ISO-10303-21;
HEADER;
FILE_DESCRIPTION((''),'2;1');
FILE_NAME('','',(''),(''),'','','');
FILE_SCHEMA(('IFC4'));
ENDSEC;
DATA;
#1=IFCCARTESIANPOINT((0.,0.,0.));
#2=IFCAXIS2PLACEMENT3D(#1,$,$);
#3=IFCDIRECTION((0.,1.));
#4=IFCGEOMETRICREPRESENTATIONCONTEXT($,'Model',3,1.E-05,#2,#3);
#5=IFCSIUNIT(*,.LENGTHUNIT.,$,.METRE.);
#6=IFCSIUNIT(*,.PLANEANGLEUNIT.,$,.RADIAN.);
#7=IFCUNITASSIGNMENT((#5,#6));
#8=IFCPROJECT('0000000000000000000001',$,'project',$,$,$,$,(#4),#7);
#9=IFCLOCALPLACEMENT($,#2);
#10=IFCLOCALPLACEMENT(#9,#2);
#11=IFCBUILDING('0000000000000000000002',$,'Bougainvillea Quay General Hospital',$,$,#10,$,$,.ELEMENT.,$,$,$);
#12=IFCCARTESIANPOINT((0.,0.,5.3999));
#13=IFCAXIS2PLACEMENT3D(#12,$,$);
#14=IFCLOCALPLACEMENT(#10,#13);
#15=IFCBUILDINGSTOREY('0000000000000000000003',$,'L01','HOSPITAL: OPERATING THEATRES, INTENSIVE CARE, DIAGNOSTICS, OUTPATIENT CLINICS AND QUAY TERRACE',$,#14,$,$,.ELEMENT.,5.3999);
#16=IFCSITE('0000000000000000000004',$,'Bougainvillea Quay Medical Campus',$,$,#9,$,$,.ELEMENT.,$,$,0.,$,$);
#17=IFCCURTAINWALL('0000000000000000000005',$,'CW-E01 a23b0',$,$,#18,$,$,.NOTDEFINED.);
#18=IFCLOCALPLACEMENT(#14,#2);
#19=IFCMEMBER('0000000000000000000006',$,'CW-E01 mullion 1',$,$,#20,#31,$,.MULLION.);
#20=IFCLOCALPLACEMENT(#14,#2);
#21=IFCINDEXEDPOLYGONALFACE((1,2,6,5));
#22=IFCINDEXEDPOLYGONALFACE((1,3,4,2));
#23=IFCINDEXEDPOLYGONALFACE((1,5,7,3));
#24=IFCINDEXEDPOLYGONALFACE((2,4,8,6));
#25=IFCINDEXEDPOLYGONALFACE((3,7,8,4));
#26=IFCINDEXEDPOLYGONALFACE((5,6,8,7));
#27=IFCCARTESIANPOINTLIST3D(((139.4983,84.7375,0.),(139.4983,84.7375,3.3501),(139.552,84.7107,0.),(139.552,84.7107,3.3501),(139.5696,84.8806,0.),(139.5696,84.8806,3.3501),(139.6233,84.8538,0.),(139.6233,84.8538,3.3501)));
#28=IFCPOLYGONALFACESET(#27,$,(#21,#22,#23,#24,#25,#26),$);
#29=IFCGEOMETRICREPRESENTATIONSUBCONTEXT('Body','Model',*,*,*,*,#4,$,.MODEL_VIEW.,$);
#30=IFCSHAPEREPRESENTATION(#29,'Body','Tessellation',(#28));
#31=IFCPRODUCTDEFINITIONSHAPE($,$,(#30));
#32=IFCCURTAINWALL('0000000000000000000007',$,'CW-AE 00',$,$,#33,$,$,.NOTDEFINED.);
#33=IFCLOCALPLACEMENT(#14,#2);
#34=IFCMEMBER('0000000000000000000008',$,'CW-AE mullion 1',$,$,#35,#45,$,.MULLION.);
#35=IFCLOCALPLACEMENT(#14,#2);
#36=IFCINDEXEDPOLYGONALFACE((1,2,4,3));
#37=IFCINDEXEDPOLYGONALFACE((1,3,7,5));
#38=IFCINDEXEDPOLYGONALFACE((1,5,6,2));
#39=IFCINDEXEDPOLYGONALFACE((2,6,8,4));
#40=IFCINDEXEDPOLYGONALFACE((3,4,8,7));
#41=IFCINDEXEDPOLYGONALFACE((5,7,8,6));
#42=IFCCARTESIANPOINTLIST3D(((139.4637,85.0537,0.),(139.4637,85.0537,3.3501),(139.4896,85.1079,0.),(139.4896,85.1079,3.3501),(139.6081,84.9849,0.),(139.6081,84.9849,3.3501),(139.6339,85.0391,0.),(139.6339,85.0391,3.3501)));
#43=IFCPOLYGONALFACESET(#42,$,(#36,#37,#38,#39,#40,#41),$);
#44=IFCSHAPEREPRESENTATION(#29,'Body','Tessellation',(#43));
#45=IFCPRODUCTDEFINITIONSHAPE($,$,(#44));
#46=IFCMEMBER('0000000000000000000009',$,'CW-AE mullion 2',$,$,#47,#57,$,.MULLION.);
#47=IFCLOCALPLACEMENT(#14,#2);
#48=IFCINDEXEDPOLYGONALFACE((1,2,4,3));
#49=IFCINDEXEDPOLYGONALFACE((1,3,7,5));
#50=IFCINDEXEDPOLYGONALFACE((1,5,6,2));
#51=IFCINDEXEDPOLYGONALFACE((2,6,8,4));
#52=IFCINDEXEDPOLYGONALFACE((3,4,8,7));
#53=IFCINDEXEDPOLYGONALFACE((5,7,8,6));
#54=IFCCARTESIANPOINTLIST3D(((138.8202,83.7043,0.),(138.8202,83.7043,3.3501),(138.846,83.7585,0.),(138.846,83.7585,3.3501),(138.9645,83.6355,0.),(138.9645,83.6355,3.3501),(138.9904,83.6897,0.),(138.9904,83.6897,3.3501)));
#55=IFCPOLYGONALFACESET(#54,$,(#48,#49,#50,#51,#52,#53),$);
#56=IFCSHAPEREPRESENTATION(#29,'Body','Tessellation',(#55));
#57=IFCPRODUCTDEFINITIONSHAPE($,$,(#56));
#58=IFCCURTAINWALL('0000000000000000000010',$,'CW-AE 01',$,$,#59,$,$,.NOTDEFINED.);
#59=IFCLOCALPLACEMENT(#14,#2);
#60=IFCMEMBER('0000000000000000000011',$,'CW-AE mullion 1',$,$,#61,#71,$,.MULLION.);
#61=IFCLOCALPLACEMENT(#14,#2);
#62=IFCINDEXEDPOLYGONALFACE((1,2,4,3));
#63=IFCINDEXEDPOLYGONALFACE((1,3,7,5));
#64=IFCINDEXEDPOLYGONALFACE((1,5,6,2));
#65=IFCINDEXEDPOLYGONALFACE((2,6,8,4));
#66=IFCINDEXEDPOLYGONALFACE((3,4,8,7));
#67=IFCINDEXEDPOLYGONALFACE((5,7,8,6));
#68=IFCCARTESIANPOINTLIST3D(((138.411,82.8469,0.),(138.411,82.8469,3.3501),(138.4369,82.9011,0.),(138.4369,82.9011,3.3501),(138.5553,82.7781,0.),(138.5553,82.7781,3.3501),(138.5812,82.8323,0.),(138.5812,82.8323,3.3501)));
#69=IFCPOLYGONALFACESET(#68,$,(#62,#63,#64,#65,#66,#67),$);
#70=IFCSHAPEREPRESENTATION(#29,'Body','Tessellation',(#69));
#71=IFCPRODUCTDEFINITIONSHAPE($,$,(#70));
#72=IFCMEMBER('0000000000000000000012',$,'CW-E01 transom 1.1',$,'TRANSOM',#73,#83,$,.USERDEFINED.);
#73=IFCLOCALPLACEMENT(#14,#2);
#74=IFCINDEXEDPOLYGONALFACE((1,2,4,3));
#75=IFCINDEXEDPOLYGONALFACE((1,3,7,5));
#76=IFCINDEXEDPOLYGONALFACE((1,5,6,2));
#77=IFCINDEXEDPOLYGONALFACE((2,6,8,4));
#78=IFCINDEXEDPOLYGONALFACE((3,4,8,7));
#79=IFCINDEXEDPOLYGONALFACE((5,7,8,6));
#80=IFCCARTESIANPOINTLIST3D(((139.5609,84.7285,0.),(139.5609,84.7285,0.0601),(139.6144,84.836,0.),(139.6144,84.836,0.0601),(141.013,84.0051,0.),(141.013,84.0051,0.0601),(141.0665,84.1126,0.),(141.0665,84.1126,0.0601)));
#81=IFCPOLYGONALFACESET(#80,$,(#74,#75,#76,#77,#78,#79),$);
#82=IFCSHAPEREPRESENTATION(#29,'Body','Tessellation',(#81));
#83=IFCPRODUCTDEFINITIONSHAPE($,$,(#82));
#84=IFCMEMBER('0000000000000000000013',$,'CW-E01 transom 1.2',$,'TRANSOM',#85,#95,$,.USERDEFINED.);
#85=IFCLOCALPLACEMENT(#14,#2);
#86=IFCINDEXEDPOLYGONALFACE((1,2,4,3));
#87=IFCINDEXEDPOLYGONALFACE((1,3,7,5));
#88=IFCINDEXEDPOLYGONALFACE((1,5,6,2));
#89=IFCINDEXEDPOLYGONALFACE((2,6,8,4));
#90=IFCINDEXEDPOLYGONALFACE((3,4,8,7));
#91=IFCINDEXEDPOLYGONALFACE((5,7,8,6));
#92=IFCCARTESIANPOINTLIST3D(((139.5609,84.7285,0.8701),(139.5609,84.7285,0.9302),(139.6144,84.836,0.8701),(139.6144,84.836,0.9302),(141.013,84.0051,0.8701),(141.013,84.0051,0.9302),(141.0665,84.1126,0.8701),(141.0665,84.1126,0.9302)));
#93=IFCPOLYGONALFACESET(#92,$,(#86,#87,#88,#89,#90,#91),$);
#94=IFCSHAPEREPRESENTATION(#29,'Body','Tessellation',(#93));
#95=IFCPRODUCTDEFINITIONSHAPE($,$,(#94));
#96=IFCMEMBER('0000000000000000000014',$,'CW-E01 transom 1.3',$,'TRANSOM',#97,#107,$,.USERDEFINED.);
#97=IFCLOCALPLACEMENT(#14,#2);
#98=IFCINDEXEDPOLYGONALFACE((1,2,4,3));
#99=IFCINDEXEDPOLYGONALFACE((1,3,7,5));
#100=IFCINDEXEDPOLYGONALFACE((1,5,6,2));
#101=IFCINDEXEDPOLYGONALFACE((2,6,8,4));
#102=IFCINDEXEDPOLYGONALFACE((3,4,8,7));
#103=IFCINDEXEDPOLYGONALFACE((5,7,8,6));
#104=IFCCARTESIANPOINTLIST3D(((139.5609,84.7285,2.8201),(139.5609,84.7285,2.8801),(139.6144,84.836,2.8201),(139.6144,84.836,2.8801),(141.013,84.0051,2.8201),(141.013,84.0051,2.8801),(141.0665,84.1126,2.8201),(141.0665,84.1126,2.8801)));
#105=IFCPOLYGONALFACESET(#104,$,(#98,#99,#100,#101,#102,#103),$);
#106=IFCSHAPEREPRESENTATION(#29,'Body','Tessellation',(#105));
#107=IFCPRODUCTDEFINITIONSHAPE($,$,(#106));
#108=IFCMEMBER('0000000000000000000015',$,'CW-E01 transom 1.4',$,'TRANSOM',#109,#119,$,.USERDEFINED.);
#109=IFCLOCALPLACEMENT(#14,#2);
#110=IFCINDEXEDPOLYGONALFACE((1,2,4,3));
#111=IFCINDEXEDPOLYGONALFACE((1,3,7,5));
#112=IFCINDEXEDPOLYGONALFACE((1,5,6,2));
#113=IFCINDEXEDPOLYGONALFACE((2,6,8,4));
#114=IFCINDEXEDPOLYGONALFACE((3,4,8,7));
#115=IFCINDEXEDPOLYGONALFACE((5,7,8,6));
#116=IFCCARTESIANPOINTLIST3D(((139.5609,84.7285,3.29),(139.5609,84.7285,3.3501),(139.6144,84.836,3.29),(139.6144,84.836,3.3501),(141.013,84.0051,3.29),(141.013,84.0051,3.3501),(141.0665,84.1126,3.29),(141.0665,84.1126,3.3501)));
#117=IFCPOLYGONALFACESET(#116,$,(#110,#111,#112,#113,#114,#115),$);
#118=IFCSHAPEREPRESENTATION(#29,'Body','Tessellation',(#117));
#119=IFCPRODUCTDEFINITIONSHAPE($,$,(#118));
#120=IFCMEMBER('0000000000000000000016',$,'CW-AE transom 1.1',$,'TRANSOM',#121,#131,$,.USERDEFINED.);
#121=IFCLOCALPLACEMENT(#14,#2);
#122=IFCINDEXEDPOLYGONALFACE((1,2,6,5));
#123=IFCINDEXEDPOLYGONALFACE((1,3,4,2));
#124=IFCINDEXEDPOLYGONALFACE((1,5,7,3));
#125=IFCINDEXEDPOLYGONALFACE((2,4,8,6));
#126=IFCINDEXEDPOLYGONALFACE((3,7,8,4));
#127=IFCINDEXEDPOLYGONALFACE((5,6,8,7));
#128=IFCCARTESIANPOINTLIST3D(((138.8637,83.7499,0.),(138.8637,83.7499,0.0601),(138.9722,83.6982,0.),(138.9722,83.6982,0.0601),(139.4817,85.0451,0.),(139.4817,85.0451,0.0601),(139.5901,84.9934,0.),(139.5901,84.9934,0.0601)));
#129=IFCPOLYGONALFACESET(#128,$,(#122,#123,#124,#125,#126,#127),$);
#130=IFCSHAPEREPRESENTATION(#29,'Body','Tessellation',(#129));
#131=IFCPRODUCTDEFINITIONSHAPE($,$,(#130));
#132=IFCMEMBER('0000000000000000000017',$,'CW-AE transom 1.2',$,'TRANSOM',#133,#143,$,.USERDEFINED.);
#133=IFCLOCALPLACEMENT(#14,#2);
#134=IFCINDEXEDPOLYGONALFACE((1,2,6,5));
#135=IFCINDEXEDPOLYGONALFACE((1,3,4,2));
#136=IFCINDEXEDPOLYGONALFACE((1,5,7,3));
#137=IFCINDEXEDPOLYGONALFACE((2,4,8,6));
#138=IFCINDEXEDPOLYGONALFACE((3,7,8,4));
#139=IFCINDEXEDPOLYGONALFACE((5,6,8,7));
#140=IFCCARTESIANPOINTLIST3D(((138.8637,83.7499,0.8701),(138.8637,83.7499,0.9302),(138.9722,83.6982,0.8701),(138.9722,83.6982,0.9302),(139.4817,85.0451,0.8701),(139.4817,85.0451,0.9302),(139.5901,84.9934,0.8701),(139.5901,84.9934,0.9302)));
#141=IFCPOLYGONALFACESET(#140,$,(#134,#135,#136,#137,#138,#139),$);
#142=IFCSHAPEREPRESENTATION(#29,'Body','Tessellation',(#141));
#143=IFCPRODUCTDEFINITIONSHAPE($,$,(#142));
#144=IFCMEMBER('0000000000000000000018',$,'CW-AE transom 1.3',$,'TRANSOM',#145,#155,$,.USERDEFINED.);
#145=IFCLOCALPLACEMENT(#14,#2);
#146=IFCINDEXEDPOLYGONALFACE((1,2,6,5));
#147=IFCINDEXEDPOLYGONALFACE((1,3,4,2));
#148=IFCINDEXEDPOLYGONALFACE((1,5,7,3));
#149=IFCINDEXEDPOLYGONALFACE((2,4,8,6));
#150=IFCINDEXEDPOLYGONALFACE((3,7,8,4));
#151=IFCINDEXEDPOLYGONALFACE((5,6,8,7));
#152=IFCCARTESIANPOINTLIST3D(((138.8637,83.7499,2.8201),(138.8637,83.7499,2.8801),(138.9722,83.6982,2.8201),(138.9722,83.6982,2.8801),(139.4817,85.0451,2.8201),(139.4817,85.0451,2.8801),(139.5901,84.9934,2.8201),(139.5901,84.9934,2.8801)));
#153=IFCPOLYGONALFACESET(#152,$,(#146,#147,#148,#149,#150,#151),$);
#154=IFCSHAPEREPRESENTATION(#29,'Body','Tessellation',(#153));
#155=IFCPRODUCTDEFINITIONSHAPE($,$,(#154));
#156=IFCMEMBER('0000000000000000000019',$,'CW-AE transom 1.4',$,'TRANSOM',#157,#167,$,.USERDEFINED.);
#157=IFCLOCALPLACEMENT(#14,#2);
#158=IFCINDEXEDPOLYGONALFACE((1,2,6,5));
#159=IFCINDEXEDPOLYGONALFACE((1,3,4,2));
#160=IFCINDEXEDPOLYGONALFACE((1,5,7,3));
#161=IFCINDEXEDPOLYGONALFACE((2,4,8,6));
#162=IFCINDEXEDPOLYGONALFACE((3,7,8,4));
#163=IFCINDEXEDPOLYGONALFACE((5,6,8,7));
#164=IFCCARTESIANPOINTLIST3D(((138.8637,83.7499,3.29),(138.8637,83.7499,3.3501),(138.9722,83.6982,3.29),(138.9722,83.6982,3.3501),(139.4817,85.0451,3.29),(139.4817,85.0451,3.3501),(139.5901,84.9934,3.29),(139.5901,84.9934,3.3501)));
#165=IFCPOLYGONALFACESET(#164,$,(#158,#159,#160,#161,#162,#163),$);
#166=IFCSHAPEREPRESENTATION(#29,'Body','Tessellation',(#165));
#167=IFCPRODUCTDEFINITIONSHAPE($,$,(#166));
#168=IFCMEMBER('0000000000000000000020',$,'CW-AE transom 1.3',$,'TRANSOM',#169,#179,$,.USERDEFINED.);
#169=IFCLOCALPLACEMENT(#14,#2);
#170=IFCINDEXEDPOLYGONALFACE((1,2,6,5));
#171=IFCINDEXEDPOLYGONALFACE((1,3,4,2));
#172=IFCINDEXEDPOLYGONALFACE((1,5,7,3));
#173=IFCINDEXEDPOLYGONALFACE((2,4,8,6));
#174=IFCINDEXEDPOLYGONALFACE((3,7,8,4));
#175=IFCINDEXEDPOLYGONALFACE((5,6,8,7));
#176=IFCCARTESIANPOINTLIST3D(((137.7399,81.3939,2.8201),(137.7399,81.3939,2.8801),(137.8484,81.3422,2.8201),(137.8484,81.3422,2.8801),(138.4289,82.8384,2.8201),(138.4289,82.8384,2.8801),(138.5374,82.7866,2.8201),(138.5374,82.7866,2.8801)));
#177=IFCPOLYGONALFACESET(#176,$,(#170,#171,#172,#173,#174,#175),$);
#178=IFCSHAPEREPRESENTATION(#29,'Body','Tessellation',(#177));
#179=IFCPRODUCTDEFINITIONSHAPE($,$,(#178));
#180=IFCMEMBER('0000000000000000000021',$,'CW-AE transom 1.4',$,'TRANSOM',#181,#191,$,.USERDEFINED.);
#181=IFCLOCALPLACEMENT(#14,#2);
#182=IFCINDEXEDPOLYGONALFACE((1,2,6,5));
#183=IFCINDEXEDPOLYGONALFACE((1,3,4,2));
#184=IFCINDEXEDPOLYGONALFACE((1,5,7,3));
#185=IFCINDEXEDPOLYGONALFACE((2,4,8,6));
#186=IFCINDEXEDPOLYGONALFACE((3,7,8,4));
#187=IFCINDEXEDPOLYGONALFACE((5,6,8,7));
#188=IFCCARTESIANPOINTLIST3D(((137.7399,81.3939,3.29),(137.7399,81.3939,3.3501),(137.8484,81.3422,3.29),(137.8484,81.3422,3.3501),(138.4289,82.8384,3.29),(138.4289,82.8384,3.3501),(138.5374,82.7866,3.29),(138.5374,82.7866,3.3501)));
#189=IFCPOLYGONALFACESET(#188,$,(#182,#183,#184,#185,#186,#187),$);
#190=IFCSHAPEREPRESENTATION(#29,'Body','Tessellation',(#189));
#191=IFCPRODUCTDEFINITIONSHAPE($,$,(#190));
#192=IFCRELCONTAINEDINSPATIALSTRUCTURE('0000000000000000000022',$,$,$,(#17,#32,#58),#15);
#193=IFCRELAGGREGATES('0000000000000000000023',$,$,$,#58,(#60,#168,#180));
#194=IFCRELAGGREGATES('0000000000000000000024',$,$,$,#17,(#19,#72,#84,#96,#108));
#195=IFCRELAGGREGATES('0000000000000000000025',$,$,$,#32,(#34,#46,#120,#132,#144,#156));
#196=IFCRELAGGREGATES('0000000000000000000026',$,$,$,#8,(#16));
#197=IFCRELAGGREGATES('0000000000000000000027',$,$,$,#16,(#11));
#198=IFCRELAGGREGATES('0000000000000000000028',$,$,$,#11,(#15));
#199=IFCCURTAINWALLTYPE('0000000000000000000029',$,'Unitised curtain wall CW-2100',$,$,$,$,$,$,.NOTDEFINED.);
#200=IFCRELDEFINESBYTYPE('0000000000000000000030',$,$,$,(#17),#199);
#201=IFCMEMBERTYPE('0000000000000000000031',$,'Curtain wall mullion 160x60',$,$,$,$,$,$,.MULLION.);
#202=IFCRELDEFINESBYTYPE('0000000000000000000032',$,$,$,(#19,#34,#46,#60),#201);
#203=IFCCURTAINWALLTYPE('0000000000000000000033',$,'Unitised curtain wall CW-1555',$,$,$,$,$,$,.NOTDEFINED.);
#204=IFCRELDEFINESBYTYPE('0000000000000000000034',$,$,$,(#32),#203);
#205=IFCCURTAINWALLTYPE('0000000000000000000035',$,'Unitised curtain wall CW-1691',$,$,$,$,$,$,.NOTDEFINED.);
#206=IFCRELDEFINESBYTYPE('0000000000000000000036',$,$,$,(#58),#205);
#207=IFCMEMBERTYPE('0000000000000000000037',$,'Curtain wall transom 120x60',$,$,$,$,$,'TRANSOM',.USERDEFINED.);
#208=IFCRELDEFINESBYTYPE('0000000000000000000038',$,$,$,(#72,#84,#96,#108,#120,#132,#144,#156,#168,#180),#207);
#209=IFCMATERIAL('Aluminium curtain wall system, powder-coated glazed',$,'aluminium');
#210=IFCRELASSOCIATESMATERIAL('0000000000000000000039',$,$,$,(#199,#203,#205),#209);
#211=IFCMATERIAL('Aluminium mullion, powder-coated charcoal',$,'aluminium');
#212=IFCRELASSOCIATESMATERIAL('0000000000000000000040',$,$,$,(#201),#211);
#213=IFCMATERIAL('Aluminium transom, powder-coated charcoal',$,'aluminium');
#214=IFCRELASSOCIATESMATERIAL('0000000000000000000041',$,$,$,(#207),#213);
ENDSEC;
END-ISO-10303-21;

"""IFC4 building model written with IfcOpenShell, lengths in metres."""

from ifc_helpers import new_model, si_unit, direction, frame, origin, origin_2d, place, context, subcontext, project, spatial, rectangle, extrude, material, material_profile, profile_set, type_object, element, aggregate, save


model = new_model("IFC4")

# Units and contexts
model_context = context("Model", 3, precision=1e-05, world=origin(), true_north=direction((0.0, 1.0)))
body_context = subcontext(model_context, "Body", "Model", "MODEL_VIEW")
ifc_project = project(units=[si_unit("LENGTHUNIT", "METRE"), si_unit("PLANEANGLEUNIT", "RADIAN")], contexts=[model_context])

# Site, building, storey
site_placement = place(None, origin())
site = spatial("IfcSite", under=ifc_project, at=site_placement, Name="Bougainvillea Quay Medical Campus", CompositionType="ELEMENT", RefElevation=0.0)
building_placement = place(site_placement, origin())
building = spatial("IfcBuilding", under=site, at=building_placement, Name="Bougainvillea Quay General Hospital", CompositionType="ELEMENT")
storey_placement = place(building_placement, frame((0.0, 0.0, 5.3999)))
storey = spatial("IfcBuildingStorey", under=building, at=storey_placement, Name="L01", Description="HOSPITAL: OPERATING THEATRES, INTENSIVE CARE, DIAGNOSTICS, OUTPATIENT CLINICS AND QUAY TERRACE", CompositionType="ELEMENT", Elevation=5.3999)

# Curtain wall, member
ifc_material_1 = material(Name="Aluminium curtain wall system, powder-coated glazed", Category="aluminium")
curtain_wall_type_1 = type_object("IfcCurtainWallType", Name="Unitised curtain wall CW-2100", PredefinedType="NOTDEFINED", material=ifc_material_1)
curtain_wall_1_placement = place(storey_placement, origin())
curtain_wall_1 = element("IfcCurtainWall", 1, at=curtain_wall_1_placement, inside=storey, type_object=curtain_wall_type_1, Name="CW-E01 a23b0", PredefinedType="NOTDEFINED")
ifc_material_2 = material(Name="Aluminium mullion, powder-coated charcoal", Category="aluminium")
ifc_material_profile_1 = material_profile(ifc_material_2, rectangle(XDim=0.1599, YDim=0.0601, at=origin_2d()))
ifc_profile_set_1 = profile_set([ifc_material_profile_1], Name="Aluminium mullion, powder-coated charcoal")
member_type_1 = type_object("IfcMemberType", Name="Curtain wall mullion 160x60", PredefinedType="MULLION", material=ifc_profile_set_1)
member_1_placement = place(storey_placement, frame((139.5608, 84.7957, 0.0), z_axis=(0.0, 0.0, 1.0), x_axis=(0.445914, 0.895076, 0.0)))
member_1 = element("IfcMember", 2, at=member_1_placement, type_object=member_type_1, Name="CW-E01 mullion 1", PredefinedType="MULLION", context=body_context, shape_type="SweptSolid", body=[
    extrude(rectangle(XDim=0.1599, YDim=0.0601, at=origin_2d()), origin(), (0.0, 0.0, 1.0), 3.3501),
])

# Curtain wall, members
curtain_wall_type_2 = type_object("IfcCurtainWallType", Name="Unitised curtain wall CW-1555", PredefinedType="NOTDEFINED", material=ifc_material_1)
curtain_wall_2_placement = place(storey_placement, origin())
curtain_wall_2 = element("IfcCurtainWall", 3, at=curtain_wall_2_placement, inside=storey, type_object=curtain_wall_type_2, Name="CW-AE 00", PredefinedType="NOTDEFINED")
member_2_placement = place(storey_placement, frame((139.5488, 85.0464, 0.0), z_axis=(0.0, 0.0, 1.0), x_axis=(0.902576, -0.43053, 0.0)))
member_2 = element("IfcMember", 4, at=member_2_placement, type_object=member_type_1, Name="CW-AE mullion 1", PredefinedType="MULLION", context=body_context, shape_type="SweptSolid", body=[
    extrude(rectangle(XDim=0.1599, YDim=0.0601, at=origin_2d()), origin(), (0.0, 0.0, 1.0), 3.3501),
])
member_3_placement = place(storey_placement, frame((138.9053, 83.697, 0.0), z_axis=(0.0, 0.0, 1.0), x_axis=(0.902576, -0.43053, 0.0)))
member_3 = element("IfcMember", 5, at=member_3_placement, type_object=member_type_1, Name="CW-AE mullion 2", PredefinedType="MULLION", context=body_context, shape_type="SweptSolid", body=[
    extrude(rectangle(XDim=0.1599, YDim=0.0601, at=origin_2d()), origin(), (0.0, 0.0, 1.0), 3.3501),
])

# Curtain wall, member
curtain_wall_type_3 = type_object("IfcCurtainWallType", Name="Unitised curtain wall CW-1691", PredefinedType="NOTDEFINED", material=ifc_material_1)
curtain_wall_3_placement = place(storey_placement, origin())
curtain_wall_3 = element("IfcCurtainWall", 6, at=curtain_wall_3_placement, inside=storey, type_object=curtain_wall_type_3, Name="CW-AE 01", PredefinedType="NOTDEFINED")
member_4_placement = place(storey_placement, frame((138.4961, 82.8396, 0.0), z_axis=(0.0, 0.0, 1.0), x_axis=(0.902576, -0.43053, 0.0)))
member_4 = element("IfcMember", 7, at=member_4_placement, type_object=member_type_1, Name="CW-AE mullion 1", PredefinedType="MULLION", context=body_context, shape_type="SweptSolid", body=[
    extrude(rectangle(XDim=0.1599, YDim=0.0601, at=origin_2d()), origin(), (0.0, 0.0, 1.0), 3.3501),
])

# Members
ifc_material_3 = material(Name="Aluminium transom, powder-coated charcoal", Category="aluminium")
ifc_material_profile_2 = material_profile(ifc_material_3, rectangle(XDim=0.1201, YDim=0.0601, at=origin_2d()))
ifc_profile_set_2 = profile_set([ifc_material_profile_2], Name="Aluminium transom, powder-coated charcoal")
member_type_2 = type_object("IfcMemberType", Name="Curtain wall transom 120x60", ElementType="TRANSOM", PredefinedType="USERDEFINED", material=ifc_profile_set_2)
member_5_placement = place(storey_placement, frame((139.5876, 84.7822, 0.03), z_axis=(0.895088, -0.445889, 0.0), x_axis=(0.445889, 0.895088, 0.0)))
member_5 = element("IfcMember", 8, at=member_5_placement, type_object=member_type_2, Name="CW-E01 transom 1.1", ObjectType="TRANSOM", PredefinedType="USERDEFINED", context=body_context, shape_type="SweptSolid", body=[
    extrude(rectangle(XDim=0.1201, YDim=0.0601, at=origin_2d()), origin(), (0.0, 0.0, 1.0), 1.6223),
])
member_6_placement = place(storey_placement, frame((139.5876, 84.7822, 0.9001), z_axis=(0.895088, -0.445889, 0.0), x_axis=(0.445889, 0.895088, 0.0)))
member_6 = element("IfcMember", 9, at=member_6_placement, type_object=member_type_2, Name="CW-E01 transom 1.2", ObjectType="TRANSOM", PredefinedType="USERDEFINED", context=body_context, shape_type="SweptSolid", body=[
    extrude(rectangle(XDim=0.1201, YDim=0.0601, at=origin_2d()), origin(), (0.0, 0.0, 1.0), 1.6223),
])
member_7_placement = place(storey_placement, frame((139.5876, 84.7822, 2.8501), z_axis=(0.895088, -0.445889, 0.0), x_axis=(0.445889, 0.895088, 0.0)))
member_7 = element("IfcMember", 10, at=member_7_placement, type_object=member_type_2, Name="CW-E01 transom 1.3", ObjectType="TRANSOM", PredefinedType="USERDEFINED", context=body_context, shape_type="SweptSolid", body=[
    extrude(rectangle(XDim=0.1201, YDim=0.0601, at=origin_2d()), origin(), (0.0, 0.0, 1.0), 1.6223),
])
member_8_placement = place(storey_placement, frame((139.5876, 84.7822, 3.3201), z_axis=(0.895088, -0.445889, 0.0), x_axis=(0.445889, 0.895088, 0.0)))
member_8 = element("IfcMember", 11, at=member_8_placement, type_object=member_type_2, Name="CW-E01 transom 1.4", ObjectType="TRANSOM", PredefinedType="USERDEFINED", context=body_context, shape_type="SweptSolid", body=[
    extrude(rectangle(XDim=0.1201, YDim=0.0601, at=origin_2d()), origin(), (0.0, 0.0, 1.0), 1.6223),
])
member_9_placement = place(storey_placement, frame((139.5359, 85.0193, 0.03), z_axis=(-0.4306, -0.902543, 0.0), x_axis=(0.902543, -0.4306, 0.0)))
member_9 = element("IfcMember", 12, at=member_9_placement, type_object=member_type_2, Name="CW-AE transom 1.1", ObjectType="TRANSOM", PredefinedType="USERDEFINED", context=body_context, shape_type="SweptSolid", body=[
    extrude(rectangle(XDim=0.1201, YDim=0.0601, at=origin_2d()), origin(), (0.0, 0.0, 1.0), 1.4351),
])
member_10_placement = place(storey_placement, frame((139.5359, 85.0193, 0.9001), z_axis=(-0.4306, -0.902543, 0.0), x_axis=(0.902543, -0.4306, 0.0)))
member_10 = element("IfcMember", 13, at=member_10_placement, type_object=member_type_2, Name="CW-AE transom 1.2", ObjectType="TRANSOM", PredefinedType="USERDEFINED", context=body_context, shape_type="SweptSolid", body=[
    extrude(rectangle(XDim=0.1201, YDim=0.0601, at=origin_2d()), origin(), (0.0, 0.0, 1.0), 1.4351),
])
member_11_placement = place(storey_placement, frame((139.5359, 85.0193, 2.8501), z_axis=(-0.4306, -0.902543, 0.0), x_axis=(0.902543, -0.4306, 0.0)))
member_11 = element("IfcMember", 14, at=member_11_placement, type_object=member_type_2, Name="CW-AE transom 1.3", ObjectType="TRANSOM", PredefinedType="USERDEFINED", context=body_context, shape_type="SweptSolid", body=[
    extrude(rectangle(XDim=0.1201, YDim=0.0601, at=origin_2d()), origin(), (0.0, 0.0, 1.0), 1.4351),
])
member_12_placement = place(storey_placement, frame((139.5359, 85.0193, 3.3201), z_axis=(-0.4306, -0.902543, 0.0), x_axis=(0.902543, -0.4306, 0.0)))
member_12 = element("IfcMember", 15, at=member_12_placement, type_object=member_type_2, Name="CW-AE transom 1.4", ObjectType="TRANSOM", PredefinedType="USERDEFINED", context=body_context, shape_type="SweptSolid", body=[
    extrude(rectangle(XDim=0.1201, YDim=0.0601, at=origin_2d()), origin(), (0.0, 0.0, 1.0), 1.4351),
])
member_13_placement = place(storey_placement, frame((138.4832, 82.8125, 2.8501), z_axis=(-0.430538, -0.902573, 0.0), x_axis=(0.902573, -0.430538, 0.0)))
member_13 = element("IfcMember", 16, at=member_13_placement, type_object=member_type_2, Name="CW-AE transom 1.3", ObjectType="TRANSOM", PredefinedType="USERDEFINED", context=body_context, shape_type="SweptSolid", body=[
    extrude(rectangle(XDim=0.1201, YDim=0.0601, at=origin_2d()), origin(), (0.0, 0.0, 1.0), 1.6003),
])
member_14_placement = place(storey_placement, frame((138.4832, 82.8125, 3.3201), z_axis=(-0.430538, -0.902573, 0.0), x_axis=(0.902573, -0.430538, 0.0)))
member_14 = element("IfcMember", 17, at=member_14_placement, type_object=member_type_2, Name="CW-AE transom 1.4", ObjectType="TRANSOM", PredefinedType="USERDEFINED", context=body_context, shape_type="SweptSolid", body=[
    extrude(rectangle(XDim=0.1201, YDim=0.0601, at=origin_2d()), origin(), (0.0, 0.0, 1.0), 1.6003),
])
aggregate(curtain_wall_3, [member_4, member_13, member_14])

aggregate(curtain_wall_1, [member_1, member_5, member_6, member_7, member_8])
aggregate(curtain_wall_2, [member_2, member_3, member_9, member_10, member_11, member_12])

save(model, "model.ifc")
